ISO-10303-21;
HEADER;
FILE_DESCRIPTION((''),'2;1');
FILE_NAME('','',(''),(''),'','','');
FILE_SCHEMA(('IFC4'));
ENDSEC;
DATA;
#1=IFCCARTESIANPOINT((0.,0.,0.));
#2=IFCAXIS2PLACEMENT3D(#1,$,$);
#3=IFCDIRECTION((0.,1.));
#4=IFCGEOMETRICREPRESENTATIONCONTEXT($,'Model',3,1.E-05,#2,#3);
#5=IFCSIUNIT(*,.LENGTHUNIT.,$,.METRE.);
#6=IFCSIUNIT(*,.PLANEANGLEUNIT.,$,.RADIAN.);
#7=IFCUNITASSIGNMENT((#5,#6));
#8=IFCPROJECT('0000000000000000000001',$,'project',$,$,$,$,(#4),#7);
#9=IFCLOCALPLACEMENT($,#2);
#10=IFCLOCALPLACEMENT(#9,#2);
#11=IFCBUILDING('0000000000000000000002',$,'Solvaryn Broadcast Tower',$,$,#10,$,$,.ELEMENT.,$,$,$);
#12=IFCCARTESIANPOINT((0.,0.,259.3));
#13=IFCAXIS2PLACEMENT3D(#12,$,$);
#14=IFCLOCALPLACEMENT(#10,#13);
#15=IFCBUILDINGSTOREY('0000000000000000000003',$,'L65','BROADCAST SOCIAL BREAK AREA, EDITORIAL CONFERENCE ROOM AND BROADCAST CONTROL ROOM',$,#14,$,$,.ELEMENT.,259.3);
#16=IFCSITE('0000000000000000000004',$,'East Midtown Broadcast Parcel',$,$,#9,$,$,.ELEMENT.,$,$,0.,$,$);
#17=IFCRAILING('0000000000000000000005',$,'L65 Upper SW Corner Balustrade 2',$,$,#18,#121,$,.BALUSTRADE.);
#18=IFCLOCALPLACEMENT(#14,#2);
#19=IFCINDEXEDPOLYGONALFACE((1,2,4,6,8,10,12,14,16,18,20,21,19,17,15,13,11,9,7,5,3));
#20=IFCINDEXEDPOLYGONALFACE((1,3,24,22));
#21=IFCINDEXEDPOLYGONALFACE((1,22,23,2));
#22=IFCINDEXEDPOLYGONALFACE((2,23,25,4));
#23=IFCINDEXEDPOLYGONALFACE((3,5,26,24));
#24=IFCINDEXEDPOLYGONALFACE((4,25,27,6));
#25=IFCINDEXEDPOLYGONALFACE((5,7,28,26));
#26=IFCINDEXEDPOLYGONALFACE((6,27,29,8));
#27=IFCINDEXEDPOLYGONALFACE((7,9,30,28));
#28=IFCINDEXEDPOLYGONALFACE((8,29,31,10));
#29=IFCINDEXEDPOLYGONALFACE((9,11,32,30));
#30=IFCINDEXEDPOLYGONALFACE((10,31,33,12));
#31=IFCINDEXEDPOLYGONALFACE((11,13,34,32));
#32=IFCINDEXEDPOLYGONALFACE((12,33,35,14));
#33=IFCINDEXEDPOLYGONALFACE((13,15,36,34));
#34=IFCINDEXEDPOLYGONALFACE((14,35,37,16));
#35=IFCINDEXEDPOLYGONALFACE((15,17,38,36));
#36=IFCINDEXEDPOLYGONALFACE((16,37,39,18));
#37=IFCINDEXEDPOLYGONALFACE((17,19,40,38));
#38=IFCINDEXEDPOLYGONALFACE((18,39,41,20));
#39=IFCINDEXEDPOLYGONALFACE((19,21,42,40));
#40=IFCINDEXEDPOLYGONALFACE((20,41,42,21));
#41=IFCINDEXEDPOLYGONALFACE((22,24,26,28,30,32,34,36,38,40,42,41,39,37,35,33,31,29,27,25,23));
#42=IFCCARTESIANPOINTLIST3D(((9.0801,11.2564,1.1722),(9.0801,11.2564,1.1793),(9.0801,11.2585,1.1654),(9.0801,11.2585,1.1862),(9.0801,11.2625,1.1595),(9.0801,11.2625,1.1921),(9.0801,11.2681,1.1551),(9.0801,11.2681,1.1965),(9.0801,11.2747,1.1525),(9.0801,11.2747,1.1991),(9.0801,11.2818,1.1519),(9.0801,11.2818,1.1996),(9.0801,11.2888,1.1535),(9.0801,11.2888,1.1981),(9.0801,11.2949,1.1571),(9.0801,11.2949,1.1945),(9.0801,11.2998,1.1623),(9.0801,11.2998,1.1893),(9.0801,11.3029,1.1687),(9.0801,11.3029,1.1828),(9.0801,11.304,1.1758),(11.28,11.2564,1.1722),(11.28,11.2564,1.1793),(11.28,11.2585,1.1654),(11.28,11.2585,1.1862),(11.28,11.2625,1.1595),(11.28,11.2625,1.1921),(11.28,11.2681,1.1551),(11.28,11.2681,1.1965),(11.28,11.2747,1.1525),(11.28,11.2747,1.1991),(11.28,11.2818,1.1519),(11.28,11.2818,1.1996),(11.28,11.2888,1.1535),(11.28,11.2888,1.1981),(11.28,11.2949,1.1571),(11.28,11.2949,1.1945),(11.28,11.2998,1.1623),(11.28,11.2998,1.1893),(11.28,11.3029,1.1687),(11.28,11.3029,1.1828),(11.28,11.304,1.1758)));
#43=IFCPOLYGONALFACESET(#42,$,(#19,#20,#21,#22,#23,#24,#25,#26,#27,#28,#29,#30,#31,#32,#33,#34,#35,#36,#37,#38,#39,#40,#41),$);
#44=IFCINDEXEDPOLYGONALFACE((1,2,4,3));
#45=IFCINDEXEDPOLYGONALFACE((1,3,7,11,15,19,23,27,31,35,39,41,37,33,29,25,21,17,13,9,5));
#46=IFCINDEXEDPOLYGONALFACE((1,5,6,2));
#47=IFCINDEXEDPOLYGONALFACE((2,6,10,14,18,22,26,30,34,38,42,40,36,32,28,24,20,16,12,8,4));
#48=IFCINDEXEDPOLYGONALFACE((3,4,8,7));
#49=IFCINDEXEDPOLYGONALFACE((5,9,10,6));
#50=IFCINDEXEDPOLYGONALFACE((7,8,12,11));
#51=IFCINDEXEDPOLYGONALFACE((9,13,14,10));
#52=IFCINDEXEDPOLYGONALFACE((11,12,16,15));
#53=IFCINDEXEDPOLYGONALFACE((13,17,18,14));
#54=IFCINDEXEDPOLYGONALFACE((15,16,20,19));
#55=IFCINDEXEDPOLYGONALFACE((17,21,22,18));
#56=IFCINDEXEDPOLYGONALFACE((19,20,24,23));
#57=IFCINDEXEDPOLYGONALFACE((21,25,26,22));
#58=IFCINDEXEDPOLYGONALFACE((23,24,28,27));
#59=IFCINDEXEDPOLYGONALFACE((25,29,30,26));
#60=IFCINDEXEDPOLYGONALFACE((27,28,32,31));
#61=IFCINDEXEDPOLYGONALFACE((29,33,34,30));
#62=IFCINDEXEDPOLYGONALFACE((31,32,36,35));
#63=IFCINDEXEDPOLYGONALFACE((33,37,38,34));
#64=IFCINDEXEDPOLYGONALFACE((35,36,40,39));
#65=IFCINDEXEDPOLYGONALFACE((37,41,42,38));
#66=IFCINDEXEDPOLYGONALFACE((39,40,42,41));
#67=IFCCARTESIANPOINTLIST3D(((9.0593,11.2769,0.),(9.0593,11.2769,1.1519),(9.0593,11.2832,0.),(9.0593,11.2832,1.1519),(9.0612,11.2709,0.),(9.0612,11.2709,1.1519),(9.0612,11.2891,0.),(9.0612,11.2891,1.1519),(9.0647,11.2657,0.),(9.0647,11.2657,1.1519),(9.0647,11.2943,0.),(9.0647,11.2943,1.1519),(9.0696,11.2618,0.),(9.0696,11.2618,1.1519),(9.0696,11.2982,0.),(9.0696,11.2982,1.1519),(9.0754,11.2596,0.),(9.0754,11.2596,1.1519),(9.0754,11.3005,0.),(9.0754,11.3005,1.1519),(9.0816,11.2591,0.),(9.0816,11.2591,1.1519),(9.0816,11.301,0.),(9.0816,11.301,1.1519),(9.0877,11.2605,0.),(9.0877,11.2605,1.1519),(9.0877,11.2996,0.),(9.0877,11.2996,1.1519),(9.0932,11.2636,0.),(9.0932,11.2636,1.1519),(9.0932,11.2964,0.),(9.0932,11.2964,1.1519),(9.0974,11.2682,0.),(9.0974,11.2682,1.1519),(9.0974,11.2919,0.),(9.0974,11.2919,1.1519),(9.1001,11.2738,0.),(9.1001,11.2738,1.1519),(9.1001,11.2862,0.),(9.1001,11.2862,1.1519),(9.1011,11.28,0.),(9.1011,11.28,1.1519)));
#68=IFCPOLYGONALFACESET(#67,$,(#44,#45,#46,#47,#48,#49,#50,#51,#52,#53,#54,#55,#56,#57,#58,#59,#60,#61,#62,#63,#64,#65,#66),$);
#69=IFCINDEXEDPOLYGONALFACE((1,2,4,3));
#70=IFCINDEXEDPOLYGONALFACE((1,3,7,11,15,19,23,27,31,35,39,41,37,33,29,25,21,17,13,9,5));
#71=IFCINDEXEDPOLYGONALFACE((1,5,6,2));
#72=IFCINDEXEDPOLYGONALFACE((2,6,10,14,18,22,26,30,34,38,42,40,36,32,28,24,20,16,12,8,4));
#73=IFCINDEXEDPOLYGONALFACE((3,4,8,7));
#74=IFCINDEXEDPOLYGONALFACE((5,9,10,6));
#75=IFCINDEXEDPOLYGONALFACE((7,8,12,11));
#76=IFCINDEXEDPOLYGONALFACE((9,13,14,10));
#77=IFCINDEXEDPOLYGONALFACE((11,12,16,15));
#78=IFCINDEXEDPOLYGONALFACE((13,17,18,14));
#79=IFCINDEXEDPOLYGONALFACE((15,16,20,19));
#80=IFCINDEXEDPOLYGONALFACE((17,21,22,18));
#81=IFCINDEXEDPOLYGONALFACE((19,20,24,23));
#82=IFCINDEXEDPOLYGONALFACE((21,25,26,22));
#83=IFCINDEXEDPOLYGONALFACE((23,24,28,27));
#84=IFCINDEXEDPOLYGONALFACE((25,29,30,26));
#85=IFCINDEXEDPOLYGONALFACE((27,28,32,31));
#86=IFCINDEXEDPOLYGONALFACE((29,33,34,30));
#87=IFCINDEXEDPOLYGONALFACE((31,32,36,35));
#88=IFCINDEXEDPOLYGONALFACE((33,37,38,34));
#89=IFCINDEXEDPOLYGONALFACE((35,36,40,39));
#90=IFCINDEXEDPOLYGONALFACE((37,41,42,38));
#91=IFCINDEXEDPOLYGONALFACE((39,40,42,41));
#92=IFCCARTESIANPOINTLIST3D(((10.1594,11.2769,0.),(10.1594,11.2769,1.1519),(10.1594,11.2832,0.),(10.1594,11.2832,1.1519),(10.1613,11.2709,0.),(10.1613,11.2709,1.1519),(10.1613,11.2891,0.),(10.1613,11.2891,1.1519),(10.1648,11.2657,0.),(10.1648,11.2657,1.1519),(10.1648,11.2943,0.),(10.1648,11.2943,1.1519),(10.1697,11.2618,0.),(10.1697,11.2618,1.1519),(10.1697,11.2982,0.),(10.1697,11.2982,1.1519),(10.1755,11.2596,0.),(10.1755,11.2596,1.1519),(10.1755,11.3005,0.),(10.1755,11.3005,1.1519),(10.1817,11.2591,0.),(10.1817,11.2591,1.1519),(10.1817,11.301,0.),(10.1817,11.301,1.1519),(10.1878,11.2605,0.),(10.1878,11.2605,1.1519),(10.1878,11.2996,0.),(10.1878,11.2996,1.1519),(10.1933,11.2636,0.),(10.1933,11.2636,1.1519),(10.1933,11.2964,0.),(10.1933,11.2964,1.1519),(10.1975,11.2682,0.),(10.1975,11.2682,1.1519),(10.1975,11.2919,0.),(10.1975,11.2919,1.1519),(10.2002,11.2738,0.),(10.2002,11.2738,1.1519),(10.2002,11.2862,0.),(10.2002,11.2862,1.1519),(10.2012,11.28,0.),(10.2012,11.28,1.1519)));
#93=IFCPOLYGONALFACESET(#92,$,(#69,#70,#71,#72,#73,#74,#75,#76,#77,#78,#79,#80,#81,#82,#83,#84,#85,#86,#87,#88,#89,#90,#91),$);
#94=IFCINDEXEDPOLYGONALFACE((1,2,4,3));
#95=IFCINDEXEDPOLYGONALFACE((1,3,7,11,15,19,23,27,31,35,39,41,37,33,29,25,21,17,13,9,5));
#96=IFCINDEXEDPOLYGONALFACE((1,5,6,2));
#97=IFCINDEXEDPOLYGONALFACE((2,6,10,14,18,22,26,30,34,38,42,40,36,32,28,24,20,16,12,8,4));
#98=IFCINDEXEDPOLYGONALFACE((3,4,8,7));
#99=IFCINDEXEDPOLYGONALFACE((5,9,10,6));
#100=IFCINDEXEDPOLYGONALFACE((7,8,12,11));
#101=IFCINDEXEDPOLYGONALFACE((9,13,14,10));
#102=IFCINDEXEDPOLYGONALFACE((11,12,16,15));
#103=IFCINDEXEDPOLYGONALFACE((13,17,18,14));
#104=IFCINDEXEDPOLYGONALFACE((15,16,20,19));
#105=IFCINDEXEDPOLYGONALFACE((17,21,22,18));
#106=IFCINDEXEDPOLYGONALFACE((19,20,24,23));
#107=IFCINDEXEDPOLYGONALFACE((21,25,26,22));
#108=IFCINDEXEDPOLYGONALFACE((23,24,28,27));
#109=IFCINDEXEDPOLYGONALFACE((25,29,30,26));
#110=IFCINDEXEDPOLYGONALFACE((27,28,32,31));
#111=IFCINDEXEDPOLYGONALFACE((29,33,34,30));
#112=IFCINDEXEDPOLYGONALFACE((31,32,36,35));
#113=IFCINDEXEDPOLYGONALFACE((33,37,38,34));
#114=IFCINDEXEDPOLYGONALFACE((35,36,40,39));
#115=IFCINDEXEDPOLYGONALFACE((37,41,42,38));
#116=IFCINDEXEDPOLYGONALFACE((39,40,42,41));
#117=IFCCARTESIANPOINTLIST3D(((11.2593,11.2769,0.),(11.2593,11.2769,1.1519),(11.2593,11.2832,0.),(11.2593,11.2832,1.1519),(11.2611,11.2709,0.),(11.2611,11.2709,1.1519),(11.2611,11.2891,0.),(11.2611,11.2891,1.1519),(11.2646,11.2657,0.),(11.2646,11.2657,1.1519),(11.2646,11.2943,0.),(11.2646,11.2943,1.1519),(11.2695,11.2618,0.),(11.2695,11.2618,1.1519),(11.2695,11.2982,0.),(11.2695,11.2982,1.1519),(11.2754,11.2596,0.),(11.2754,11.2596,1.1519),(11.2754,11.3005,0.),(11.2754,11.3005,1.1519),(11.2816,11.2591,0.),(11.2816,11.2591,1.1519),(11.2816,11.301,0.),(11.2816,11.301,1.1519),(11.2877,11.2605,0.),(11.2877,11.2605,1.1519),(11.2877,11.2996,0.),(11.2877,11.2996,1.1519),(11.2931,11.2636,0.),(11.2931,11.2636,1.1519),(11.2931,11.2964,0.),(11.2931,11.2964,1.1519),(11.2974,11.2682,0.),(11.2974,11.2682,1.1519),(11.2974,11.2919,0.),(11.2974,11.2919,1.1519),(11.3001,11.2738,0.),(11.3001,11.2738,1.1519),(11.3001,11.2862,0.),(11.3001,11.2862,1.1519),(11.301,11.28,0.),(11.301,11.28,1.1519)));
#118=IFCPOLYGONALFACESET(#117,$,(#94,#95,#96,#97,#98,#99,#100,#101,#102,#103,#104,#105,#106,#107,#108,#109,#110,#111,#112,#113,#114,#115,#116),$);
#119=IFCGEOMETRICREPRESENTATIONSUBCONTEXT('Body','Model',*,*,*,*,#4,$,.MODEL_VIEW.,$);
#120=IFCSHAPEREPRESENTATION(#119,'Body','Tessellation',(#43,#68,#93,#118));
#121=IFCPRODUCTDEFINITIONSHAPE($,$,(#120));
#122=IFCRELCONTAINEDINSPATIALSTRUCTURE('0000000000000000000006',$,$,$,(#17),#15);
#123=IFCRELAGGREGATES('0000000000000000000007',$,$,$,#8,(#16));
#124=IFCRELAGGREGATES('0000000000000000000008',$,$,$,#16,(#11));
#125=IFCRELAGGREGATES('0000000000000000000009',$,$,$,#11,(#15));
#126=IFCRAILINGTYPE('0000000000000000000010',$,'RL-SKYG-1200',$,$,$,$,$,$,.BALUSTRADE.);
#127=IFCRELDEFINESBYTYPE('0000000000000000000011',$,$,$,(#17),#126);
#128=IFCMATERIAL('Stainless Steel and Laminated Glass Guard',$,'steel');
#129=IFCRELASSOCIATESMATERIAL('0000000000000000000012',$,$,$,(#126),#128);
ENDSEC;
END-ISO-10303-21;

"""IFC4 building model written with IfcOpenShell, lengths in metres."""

from ifc_helpers import new_model, si_unit, direction, frame, origin, origin_2d, place, context, subcontext, project, spatial, circle, extrude, material, type_object, element, save


model = new_model("IFC4")

# Units and contexts
model_context = context("Model", 3, precision=1e-05, world=origin(), true_north=direction((0.0, 1.0)))
body_context = subcontext(model_context, "Body", "Model", "MODEL_VIEW")
ifc_project = project(units=[si_unit("LENGTHUNIT", "METRE"), si_unit("PLANEANGLEUNIT", "RADIAN")], contexts=[model_context])

# Site, building, storey
site_placement = place(None, origin())
site = spatial("IfcSite", under=ifc_project, at=site_placement, Name="East Midtown Broadcast Parcel", CompositionType="ELEMENT", RefElevation=0.0)
building_placement = place(site_placement, origin())
building = spatial("IfcBuilding", under=site, at=building_placement, Name="Solvaryn Broadcast Tower", CompositionType="ELEMENT")
storey_placement = place(building_placement, frame((0.0, 0.0, 259.3)))
storey = spatial("IfcBuildingStorey", under=building, at=storey_placement, Name="L65", Description="BROADCAST SOCIAL BREAK AREA, EDITORIAL CONFERENCE ROOM AND BROADCAST CONTROL ROOM", CompositionType="ELEMENT", Elevation=259.3)

# Railing
ifc_material_1 = material(Name="Stainless Steel and Laminated Glass Guard", Category="steel")
railing_type = type_object("IfcRailingType", Name="RL-SKYG-1200", PredefinedType="BALUSTRADE", material=ifc_material_1)
railing_1_placement = place(storey_placement, frame((9.0801, 11.28, 0.0)))
element("IfcRailing", 1, at=railing_1_placement, inside=storey, type_object=railing_type, Name="L65 Upper SW Corner Balustrade 2", PredefinedType="BALUSTRADE", context=body_context, shape_type="SweptSolid", body=[
    extrude(circle(Radius=0.0239, at=origin_2d()), frame((0.0, 0.0, 1.1758), z_axis=(1.0, 0.0, 0.0), x_axis=(0.0, 1.0, 0.0)), (0.0, 0.0, 1.0), 2.2),
    extrude(circle(Radius=0.021, at=origin_2d()), origin(), (0.0, 0.0, 1.0), 1.1519),
    extrude(circle(Radius=0.021, at=origin_2d()), frame((1.1001, 0.0, 0.0)), (0.0, 0.0, 1.0), 1.1519),
    extrude(circle(Radius=0.021, at=origin_2d()), frame((2.2, 0.0, 0.0)), (0.0, 0.0, 1.0), 1.1519),
])

save(model, "model.ifc")
